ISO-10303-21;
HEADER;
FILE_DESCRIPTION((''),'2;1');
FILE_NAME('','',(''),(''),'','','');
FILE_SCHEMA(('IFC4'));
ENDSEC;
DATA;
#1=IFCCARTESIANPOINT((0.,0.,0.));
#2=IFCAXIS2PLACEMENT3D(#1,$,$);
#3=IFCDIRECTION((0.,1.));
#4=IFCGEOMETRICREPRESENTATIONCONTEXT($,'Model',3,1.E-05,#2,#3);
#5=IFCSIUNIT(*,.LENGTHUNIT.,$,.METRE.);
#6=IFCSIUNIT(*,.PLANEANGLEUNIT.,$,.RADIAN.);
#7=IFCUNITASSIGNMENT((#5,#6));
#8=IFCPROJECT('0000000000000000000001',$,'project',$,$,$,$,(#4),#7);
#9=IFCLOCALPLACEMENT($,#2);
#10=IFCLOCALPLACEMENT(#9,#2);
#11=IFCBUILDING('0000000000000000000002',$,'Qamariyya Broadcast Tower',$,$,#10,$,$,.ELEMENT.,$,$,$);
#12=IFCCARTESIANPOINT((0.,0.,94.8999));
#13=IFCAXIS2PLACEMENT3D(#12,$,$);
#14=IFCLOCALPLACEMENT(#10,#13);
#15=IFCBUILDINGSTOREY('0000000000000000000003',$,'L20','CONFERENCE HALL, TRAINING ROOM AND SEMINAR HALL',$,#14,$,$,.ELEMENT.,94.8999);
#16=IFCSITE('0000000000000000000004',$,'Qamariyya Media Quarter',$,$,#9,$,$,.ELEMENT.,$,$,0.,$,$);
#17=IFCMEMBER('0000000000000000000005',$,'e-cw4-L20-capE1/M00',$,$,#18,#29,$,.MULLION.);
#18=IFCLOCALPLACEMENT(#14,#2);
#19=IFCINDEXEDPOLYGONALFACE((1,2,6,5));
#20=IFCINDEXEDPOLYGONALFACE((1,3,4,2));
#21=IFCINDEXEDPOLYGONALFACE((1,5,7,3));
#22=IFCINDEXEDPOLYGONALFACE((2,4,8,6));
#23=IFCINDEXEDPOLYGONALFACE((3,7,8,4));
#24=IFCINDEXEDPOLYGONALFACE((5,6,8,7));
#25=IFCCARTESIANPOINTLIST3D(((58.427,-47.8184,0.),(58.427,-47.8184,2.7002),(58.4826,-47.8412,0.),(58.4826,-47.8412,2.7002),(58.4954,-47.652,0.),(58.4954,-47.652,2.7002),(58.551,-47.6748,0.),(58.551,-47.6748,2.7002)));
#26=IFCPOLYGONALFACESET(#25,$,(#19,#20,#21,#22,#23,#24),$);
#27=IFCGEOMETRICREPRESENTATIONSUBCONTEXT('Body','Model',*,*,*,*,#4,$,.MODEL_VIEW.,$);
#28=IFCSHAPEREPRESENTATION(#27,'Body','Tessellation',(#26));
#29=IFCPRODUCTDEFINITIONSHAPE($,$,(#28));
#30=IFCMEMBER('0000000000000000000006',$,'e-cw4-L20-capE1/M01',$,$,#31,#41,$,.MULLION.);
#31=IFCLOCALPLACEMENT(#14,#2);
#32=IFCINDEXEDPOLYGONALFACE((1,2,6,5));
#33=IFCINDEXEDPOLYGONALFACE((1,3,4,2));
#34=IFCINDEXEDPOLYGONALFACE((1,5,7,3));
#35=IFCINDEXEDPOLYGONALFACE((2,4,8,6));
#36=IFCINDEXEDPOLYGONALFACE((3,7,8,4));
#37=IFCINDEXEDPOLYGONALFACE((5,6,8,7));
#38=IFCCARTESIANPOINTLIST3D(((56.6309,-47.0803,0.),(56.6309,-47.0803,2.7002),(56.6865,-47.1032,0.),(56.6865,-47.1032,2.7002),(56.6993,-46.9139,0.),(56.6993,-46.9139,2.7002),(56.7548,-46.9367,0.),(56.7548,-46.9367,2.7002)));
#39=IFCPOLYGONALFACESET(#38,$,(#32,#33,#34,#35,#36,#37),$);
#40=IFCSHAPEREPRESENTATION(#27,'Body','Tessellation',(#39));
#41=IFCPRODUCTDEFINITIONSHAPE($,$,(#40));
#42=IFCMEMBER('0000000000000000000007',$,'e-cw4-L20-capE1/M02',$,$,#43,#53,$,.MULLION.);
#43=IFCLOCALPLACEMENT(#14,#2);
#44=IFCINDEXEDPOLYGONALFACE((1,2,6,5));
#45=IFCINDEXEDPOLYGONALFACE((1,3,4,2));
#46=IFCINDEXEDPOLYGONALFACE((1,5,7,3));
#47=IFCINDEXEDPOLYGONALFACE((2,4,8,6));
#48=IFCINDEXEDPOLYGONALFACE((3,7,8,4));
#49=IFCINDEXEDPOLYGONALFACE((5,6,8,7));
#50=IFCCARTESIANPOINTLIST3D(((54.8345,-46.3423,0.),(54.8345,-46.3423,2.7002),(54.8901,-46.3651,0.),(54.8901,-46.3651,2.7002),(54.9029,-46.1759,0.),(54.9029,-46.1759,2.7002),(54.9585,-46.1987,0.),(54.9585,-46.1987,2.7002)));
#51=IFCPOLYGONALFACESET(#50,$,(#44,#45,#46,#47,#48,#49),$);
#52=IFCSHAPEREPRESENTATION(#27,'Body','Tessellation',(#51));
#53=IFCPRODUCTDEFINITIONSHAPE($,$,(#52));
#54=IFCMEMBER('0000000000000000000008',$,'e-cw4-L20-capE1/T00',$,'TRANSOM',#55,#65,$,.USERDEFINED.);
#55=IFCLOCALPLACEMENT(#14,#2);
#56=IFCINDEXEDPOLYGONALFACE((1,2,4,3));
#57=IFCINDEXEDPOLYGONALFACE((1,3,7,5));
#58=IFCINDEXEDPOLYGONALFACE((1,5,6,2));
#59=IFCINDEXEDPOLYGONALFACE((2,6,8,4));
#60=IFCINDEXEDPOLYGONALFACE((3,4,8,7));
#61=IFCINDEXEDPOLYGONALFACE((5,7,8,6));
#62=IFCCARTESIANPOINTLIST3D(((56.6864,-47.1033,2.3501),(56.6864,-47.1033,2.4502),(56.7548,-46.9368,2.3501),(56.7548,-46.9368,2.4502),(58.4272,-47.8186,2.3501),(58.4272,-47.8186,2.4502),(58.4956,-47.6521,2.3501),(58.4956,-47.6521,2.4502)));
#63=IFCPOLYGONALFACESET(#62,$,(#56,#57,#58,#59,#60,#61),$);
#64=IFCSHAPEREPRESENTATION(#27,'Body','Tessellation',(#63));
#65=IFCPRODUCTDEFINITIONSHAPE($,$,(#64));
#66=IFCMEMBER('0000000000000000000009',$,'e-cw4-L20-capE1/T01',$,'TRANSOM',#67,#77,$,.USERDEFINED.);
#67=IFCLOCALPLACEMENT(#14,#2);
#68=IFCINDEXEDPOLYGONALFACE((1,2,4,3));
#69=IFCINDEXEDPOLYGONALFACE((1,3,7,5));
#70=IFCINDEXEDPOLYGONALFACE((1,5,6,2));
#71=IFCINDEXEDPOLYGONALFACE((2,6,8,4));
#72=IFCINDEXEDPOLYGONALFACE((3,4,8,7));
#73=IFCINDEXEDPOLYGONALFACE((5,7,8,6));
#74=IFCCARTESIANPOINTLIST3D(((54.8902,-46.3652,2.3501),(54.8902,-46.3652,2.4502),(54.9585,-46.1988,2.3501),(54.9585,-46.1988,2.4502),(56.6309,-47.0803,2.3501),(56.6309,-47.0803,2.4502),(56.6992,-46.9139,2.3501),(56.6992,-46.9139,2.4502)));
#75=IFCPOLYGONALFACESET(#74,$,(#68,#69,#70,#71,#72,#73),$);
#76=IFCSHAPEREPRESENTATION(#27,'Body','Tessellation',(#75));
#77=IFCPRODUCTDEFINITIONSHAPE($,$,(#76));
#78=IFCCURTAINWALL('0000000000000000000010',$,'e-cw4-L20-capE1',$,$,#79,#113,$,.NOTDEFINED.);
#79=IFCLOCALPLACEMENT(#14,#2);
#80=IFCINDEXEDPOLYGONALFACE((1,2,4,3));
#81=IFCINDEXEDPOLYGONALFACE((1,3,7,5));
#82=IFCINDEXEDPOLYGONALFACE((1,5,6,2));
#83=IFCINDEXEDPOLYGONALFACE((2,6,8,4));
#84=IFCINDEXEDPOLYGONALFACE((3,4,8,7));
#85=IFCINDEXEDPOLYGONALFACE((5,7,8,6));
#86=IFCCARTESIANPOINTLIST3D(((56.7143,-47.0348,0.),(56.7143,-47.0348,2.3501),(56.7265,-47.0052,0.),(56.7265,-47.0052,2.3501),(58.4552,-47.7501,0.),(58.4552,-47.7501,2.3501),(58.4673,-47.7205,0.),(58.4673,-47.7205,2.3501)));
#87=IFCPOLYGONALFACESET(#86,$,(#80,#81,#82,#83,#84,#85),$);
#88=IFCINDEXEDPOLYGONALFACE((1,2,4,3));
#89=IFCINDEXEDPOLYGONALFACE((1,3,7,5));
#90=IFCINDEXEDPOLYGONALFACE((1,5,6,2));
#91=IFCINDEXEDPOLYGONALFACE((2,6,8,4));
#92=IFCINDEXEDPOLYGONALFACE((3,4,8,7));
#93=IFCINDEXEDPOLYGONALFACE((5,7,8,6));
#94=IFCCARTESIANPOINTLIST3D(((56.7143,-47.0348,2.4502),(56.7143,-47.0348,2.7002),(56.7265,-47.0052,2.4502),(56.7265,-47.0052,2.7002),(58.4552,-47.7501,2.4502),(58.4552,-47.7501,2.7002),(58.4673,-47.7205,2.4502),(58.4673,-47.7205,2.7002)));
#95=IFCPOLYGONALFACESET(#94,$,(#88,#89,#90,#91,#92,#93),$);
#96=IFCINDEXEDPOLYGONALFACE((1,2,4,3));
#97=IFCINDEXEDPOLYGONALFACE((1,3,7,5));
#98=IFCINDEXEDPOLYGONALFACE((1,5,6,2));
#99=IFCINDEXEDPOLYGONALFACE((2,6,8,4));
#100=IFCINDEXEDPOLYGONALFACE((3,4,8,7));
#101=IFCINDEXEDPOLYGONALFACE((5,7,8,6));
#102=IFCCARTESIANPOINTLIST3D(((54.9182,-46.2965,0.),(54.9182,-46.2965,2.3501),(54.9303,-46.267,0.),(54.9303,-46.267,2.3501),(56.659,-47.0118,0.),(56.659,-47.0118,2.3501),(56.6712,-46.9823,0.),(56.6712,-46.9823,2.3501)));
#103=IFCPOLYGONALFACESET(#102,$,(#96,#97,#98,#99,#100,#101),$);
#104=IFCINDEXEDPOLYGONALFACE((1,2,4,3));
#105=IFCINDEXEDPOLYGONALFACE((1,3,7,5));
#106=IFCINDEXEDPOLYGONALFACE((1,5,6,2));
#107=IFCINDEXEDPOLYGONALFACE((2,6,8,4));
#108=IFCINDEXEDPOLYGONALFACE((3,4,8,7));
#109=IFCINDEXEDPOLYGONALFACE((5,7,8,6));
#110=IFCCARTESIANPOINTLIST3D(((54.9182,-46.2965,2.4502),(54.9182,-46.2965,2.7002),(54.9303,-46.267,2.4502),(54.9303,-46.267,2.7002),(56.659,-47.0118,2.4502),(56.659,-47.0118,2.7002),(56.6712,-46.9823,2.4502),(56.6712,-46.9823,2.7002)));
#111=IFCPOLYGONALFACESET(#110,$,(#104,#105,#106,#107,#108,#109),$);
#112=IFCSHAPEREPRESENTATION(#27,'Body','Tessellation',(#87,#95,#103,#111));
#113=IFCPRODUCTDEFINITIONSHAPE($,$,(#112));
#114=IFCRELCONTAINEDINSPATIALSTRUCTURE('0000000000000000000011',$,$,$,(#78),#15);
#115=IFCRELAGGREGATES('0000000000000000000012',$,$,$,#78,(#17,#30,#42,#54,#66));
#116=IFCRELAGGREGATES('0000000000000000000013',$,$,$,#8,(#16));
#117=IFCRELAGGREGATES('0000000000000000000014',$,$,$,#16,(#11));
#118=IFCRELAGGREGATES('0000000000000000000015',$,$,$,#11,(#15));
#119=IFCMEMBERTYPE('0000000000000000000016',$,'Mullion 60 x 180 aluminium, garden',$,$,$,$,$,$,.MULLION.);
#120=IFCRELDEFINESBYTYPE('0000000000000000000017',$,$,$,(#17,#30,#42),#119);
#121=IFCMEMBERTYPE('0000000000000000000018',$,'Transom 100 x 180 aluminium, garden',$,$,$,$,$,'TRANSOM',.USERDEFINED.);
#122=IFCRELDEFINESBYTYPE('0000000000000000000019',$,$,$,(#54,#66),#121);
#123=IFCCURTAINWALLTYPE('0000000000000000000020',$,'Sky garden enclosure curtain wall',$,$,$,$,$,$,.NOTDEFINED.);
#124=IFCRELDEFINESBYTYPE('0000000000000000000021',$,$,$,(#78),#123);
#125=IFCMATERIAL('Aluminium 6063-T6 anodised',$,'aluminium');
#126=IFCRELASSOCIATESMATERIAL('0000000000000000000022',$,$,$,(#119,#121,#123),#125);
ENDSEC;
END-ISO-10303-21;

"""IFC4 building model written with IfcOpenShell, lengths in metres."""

from ifc_helpers import new_model, si_unit, direction, frame, origin, origin_2d, place, context, subcontext, project, spatial, rectangle, extrude, material, material_profile, profile_set, type_object, element, aggregate, save


model = new_model("IFC4")

# Units and contexts
model_context = context("Model", 3, precision=1e-05, world=origin(), true_north=direction((0.0, 1.0)))
body_context = subcontext(model_context, "Body", "Model", "MODEL_VIEW")
ifc_project = project(units=[si_unit("LENGTHUNIT", "METRE"), si_unit("PLANEANGLEUNIT", "RADIAN")], contexts=[model_context])

# Members
ifc_material_1 = material(Name="Aluminium 6063-T6 anodised", Category="aluminium")
ifc_material_profile_1 = material_profile(ifc_material_1, rectangle(XDim=0.1799, YDim=0.0601, at=origin_2d()))
ifc_profile_set_1 = profile_set([ifc_material_profile_1], Name="Aluminium 6063-T6 anodised")
member_type_1 = type_object("IfcMemberType", Name="Mullion 60 x 180 aluminium, garden", PredefinedType="MULLION", material=ifc_profile_set_1)
site_placement = place(None, origin())
building_placement = place(site_placement, origin())
storey_placement = place(building_placement, frame((0.0, 0.0, 94.8999)))
member_1_placement = place(storey_placement, frame((58.489, -47.7466, 0.0), z_axis=(0.0, 0.0, 1.0), x_axis=(-0.380063, -0.92496, 0.0)))
member_1 = element("IfcMember", 1, at=member_1_placement, type_object=member_type_1, Name="e-cw4-L20-capE1/M00", PredefinedType="MULLION", context=body_context, shape_type="SweptSolid", body=[
    extrude(rectangle(XDim=0.1799, YDim=0.0601, at=origin_2d()), origin(), (0.0, 0.0, 1.0), 2.7002),
])
member_2_placement = place(storey_placement, frame((56.6929, -47.0085, 0.0), z_axis=(0.0, 0.0, 1.0), x_axis=(-0.380063, -0.92496, 0.0)))
member_2 = element("IfcMember", 2, at=member_2_placement, type_object=member_type_1, Name="e-cw4-L20-capE1/M01", PredefinedType="MULLION", context=body_context, shape_type="SweptSolid", body=[
    extrude(rectangle(XDim=0.1799, YDim=0.0601, at=origin_2d()), origin(), (0.0, 0.0, 1.0), 2.7002),
])
member_3_placement = place(storey_placement, frame((54.8965, -46.2705, 0.0), z_axis=(0.0, 0.0, 1.0), x_axis=(-0.380063, -0.92496, 0.0)))
member_3 = element("IfcMember", 3, at=member_3_placement, type_object=member_type_1, Name="e-cw4-L20-capE1/M02", PredefinedType="MULLION", context=body_context, shape_type="SweptSolid", body=[
    extrude(rectangle(XDim=0.1799, YDim=0.0601, at=origin_2d()), origin(), (0.0, 0.0, 1.0), 2.7002),
])
ifc_material_profile_2 = material_profile(ifc_material_1, rectangle(XDim=0.1799, YDim=0.1001, at=origin_2d()))
ifc_profile_set_2 = profile_set([ifc_material_profile_2], Name="Aluminium 6063-T6 anodised")
member_type_2 = type_object("IfcMemberType", Name="Transom 100 x 180 aluminium, garden", ElementType="TRANSOM", PredefinedType="USERDEFINED", material=ifc_profile_set_2)
member_4_placement = place(storey_placement, frame((58.4614, -47.7354, 2.4001), z_axis=(-0.924965, 0.380052, 0.0), x_axis=(-0.380052, -0.924965, 0.0)))
member_4 = element("IfcMember", 4, at=member_4_placement, type_object=member_type_2, Name="e-cw4-L20-capE1/T00", ObjectType="TRANSOM", PredefinedType="USERDEFINED", context=body_context, shape_type="SweptSolid", body=[
    extrude(rectangle(XDim=0.1799, YDim=0.1001, at=origin_2d()), origin(), (0.0, 0.0, 1.0), 1.8821),
])
member_5_placement = place(storey_placement, frame((56.665, -46.9971, 2.4001), z_axis=(-0.924992, 0.379986, 0.0), x_axis=(-0.379986, -0.924992, 0.0)))
member_5 = element("IfcMember", 5, at=member_5_placement, type_object=member_type_2, Name="e-cw4-L20-capE1/T01", ObjectType="TRANSOM", PredefinedType="USERDEFINED", context=body_context, shape_type="SweptSolid", body=[
    extrude(rectangle(XDim=0.1799, YDim=0.1001, at=origin_2d()), origin(), (0.0, 0.0, 1.0), 1.8818),
])

# Site, building, storey
site = spatial("IfcSite", under=ifc_project, at=site_placement, Name="Qamariyya Media Quarter", CompositionType="ELEMENT", RefElevation=0.0)
building = spatial("IfcBuilding", under=site, at=building_placement, Name="Qamariyya Broadcast Tower", CompositionType="ELEMENT")
storey = spatial("IfcBuildingStorey", under=building, at=storey_placement, Name="L20", Description="CONFERENCE HALL, TRAINING ROOM AND SEMINAR HALL", CompositionType="ELEMENT", Elevation=94.8999)

# Curtain wall
curtain_wall_type = type_object("IfcCurtainWallType", Name="Sky garden enclosure curtain wall", PredefinedType="NOTDEFINED", material=ifc_material_1)
curtain_wall_1_placement = place(storey_placement, origin())
curtain_wall_1 = element("IfcCurtainWall", 6, at=curtain_wall_1_placement, inside=storey, type_object=curtain_wall_type, Name="e-cw4-L20-capE1", PredefinedType="NOTDEFINED", context=body_context, shape_type="SweptSolid", body=[
    extrude(rectangle(XDim=1.8821, YDim=0.032, at=origin_2d()), frame((57.5908, -47.3777, 0.0), x_axis=(-0.924961, 0.380062, 0.0)), (0.0, 0.0, 1.0), 2.3501),
    extrude(rectangle(XDim=1.8821, YDim=0.032, at=origin_2d()), frame((57.5908, -47.3777, 2.4502), x_axis=(-0.924961, 0.380062, 0.0)), (0.0, 0.0, 1.0), 0.25),
    extrude(rectangle(XDim=1.8821, YDim=0.032, at=origin_2d()), frame((55.7947, -46.6394, 0.0), x_axis=(-0.924961, 0.380062, 0.0)), (0.0, 0.0, 1.0), 2.3501),
    extrude(rectangle(XDim=1.8821, YDim=0.032, at=origin_2d()), frame((55.7947, -46.6394, 2.4502), x_axis=(-0.924961, 0.380062, 0.0)), (0.0, 0.0, 1.0), 0.25),
])
aggregate(curtain_wall_1, [member_1, member_2, member_3, member_4, member_5])

save(model, "model.ifc")
